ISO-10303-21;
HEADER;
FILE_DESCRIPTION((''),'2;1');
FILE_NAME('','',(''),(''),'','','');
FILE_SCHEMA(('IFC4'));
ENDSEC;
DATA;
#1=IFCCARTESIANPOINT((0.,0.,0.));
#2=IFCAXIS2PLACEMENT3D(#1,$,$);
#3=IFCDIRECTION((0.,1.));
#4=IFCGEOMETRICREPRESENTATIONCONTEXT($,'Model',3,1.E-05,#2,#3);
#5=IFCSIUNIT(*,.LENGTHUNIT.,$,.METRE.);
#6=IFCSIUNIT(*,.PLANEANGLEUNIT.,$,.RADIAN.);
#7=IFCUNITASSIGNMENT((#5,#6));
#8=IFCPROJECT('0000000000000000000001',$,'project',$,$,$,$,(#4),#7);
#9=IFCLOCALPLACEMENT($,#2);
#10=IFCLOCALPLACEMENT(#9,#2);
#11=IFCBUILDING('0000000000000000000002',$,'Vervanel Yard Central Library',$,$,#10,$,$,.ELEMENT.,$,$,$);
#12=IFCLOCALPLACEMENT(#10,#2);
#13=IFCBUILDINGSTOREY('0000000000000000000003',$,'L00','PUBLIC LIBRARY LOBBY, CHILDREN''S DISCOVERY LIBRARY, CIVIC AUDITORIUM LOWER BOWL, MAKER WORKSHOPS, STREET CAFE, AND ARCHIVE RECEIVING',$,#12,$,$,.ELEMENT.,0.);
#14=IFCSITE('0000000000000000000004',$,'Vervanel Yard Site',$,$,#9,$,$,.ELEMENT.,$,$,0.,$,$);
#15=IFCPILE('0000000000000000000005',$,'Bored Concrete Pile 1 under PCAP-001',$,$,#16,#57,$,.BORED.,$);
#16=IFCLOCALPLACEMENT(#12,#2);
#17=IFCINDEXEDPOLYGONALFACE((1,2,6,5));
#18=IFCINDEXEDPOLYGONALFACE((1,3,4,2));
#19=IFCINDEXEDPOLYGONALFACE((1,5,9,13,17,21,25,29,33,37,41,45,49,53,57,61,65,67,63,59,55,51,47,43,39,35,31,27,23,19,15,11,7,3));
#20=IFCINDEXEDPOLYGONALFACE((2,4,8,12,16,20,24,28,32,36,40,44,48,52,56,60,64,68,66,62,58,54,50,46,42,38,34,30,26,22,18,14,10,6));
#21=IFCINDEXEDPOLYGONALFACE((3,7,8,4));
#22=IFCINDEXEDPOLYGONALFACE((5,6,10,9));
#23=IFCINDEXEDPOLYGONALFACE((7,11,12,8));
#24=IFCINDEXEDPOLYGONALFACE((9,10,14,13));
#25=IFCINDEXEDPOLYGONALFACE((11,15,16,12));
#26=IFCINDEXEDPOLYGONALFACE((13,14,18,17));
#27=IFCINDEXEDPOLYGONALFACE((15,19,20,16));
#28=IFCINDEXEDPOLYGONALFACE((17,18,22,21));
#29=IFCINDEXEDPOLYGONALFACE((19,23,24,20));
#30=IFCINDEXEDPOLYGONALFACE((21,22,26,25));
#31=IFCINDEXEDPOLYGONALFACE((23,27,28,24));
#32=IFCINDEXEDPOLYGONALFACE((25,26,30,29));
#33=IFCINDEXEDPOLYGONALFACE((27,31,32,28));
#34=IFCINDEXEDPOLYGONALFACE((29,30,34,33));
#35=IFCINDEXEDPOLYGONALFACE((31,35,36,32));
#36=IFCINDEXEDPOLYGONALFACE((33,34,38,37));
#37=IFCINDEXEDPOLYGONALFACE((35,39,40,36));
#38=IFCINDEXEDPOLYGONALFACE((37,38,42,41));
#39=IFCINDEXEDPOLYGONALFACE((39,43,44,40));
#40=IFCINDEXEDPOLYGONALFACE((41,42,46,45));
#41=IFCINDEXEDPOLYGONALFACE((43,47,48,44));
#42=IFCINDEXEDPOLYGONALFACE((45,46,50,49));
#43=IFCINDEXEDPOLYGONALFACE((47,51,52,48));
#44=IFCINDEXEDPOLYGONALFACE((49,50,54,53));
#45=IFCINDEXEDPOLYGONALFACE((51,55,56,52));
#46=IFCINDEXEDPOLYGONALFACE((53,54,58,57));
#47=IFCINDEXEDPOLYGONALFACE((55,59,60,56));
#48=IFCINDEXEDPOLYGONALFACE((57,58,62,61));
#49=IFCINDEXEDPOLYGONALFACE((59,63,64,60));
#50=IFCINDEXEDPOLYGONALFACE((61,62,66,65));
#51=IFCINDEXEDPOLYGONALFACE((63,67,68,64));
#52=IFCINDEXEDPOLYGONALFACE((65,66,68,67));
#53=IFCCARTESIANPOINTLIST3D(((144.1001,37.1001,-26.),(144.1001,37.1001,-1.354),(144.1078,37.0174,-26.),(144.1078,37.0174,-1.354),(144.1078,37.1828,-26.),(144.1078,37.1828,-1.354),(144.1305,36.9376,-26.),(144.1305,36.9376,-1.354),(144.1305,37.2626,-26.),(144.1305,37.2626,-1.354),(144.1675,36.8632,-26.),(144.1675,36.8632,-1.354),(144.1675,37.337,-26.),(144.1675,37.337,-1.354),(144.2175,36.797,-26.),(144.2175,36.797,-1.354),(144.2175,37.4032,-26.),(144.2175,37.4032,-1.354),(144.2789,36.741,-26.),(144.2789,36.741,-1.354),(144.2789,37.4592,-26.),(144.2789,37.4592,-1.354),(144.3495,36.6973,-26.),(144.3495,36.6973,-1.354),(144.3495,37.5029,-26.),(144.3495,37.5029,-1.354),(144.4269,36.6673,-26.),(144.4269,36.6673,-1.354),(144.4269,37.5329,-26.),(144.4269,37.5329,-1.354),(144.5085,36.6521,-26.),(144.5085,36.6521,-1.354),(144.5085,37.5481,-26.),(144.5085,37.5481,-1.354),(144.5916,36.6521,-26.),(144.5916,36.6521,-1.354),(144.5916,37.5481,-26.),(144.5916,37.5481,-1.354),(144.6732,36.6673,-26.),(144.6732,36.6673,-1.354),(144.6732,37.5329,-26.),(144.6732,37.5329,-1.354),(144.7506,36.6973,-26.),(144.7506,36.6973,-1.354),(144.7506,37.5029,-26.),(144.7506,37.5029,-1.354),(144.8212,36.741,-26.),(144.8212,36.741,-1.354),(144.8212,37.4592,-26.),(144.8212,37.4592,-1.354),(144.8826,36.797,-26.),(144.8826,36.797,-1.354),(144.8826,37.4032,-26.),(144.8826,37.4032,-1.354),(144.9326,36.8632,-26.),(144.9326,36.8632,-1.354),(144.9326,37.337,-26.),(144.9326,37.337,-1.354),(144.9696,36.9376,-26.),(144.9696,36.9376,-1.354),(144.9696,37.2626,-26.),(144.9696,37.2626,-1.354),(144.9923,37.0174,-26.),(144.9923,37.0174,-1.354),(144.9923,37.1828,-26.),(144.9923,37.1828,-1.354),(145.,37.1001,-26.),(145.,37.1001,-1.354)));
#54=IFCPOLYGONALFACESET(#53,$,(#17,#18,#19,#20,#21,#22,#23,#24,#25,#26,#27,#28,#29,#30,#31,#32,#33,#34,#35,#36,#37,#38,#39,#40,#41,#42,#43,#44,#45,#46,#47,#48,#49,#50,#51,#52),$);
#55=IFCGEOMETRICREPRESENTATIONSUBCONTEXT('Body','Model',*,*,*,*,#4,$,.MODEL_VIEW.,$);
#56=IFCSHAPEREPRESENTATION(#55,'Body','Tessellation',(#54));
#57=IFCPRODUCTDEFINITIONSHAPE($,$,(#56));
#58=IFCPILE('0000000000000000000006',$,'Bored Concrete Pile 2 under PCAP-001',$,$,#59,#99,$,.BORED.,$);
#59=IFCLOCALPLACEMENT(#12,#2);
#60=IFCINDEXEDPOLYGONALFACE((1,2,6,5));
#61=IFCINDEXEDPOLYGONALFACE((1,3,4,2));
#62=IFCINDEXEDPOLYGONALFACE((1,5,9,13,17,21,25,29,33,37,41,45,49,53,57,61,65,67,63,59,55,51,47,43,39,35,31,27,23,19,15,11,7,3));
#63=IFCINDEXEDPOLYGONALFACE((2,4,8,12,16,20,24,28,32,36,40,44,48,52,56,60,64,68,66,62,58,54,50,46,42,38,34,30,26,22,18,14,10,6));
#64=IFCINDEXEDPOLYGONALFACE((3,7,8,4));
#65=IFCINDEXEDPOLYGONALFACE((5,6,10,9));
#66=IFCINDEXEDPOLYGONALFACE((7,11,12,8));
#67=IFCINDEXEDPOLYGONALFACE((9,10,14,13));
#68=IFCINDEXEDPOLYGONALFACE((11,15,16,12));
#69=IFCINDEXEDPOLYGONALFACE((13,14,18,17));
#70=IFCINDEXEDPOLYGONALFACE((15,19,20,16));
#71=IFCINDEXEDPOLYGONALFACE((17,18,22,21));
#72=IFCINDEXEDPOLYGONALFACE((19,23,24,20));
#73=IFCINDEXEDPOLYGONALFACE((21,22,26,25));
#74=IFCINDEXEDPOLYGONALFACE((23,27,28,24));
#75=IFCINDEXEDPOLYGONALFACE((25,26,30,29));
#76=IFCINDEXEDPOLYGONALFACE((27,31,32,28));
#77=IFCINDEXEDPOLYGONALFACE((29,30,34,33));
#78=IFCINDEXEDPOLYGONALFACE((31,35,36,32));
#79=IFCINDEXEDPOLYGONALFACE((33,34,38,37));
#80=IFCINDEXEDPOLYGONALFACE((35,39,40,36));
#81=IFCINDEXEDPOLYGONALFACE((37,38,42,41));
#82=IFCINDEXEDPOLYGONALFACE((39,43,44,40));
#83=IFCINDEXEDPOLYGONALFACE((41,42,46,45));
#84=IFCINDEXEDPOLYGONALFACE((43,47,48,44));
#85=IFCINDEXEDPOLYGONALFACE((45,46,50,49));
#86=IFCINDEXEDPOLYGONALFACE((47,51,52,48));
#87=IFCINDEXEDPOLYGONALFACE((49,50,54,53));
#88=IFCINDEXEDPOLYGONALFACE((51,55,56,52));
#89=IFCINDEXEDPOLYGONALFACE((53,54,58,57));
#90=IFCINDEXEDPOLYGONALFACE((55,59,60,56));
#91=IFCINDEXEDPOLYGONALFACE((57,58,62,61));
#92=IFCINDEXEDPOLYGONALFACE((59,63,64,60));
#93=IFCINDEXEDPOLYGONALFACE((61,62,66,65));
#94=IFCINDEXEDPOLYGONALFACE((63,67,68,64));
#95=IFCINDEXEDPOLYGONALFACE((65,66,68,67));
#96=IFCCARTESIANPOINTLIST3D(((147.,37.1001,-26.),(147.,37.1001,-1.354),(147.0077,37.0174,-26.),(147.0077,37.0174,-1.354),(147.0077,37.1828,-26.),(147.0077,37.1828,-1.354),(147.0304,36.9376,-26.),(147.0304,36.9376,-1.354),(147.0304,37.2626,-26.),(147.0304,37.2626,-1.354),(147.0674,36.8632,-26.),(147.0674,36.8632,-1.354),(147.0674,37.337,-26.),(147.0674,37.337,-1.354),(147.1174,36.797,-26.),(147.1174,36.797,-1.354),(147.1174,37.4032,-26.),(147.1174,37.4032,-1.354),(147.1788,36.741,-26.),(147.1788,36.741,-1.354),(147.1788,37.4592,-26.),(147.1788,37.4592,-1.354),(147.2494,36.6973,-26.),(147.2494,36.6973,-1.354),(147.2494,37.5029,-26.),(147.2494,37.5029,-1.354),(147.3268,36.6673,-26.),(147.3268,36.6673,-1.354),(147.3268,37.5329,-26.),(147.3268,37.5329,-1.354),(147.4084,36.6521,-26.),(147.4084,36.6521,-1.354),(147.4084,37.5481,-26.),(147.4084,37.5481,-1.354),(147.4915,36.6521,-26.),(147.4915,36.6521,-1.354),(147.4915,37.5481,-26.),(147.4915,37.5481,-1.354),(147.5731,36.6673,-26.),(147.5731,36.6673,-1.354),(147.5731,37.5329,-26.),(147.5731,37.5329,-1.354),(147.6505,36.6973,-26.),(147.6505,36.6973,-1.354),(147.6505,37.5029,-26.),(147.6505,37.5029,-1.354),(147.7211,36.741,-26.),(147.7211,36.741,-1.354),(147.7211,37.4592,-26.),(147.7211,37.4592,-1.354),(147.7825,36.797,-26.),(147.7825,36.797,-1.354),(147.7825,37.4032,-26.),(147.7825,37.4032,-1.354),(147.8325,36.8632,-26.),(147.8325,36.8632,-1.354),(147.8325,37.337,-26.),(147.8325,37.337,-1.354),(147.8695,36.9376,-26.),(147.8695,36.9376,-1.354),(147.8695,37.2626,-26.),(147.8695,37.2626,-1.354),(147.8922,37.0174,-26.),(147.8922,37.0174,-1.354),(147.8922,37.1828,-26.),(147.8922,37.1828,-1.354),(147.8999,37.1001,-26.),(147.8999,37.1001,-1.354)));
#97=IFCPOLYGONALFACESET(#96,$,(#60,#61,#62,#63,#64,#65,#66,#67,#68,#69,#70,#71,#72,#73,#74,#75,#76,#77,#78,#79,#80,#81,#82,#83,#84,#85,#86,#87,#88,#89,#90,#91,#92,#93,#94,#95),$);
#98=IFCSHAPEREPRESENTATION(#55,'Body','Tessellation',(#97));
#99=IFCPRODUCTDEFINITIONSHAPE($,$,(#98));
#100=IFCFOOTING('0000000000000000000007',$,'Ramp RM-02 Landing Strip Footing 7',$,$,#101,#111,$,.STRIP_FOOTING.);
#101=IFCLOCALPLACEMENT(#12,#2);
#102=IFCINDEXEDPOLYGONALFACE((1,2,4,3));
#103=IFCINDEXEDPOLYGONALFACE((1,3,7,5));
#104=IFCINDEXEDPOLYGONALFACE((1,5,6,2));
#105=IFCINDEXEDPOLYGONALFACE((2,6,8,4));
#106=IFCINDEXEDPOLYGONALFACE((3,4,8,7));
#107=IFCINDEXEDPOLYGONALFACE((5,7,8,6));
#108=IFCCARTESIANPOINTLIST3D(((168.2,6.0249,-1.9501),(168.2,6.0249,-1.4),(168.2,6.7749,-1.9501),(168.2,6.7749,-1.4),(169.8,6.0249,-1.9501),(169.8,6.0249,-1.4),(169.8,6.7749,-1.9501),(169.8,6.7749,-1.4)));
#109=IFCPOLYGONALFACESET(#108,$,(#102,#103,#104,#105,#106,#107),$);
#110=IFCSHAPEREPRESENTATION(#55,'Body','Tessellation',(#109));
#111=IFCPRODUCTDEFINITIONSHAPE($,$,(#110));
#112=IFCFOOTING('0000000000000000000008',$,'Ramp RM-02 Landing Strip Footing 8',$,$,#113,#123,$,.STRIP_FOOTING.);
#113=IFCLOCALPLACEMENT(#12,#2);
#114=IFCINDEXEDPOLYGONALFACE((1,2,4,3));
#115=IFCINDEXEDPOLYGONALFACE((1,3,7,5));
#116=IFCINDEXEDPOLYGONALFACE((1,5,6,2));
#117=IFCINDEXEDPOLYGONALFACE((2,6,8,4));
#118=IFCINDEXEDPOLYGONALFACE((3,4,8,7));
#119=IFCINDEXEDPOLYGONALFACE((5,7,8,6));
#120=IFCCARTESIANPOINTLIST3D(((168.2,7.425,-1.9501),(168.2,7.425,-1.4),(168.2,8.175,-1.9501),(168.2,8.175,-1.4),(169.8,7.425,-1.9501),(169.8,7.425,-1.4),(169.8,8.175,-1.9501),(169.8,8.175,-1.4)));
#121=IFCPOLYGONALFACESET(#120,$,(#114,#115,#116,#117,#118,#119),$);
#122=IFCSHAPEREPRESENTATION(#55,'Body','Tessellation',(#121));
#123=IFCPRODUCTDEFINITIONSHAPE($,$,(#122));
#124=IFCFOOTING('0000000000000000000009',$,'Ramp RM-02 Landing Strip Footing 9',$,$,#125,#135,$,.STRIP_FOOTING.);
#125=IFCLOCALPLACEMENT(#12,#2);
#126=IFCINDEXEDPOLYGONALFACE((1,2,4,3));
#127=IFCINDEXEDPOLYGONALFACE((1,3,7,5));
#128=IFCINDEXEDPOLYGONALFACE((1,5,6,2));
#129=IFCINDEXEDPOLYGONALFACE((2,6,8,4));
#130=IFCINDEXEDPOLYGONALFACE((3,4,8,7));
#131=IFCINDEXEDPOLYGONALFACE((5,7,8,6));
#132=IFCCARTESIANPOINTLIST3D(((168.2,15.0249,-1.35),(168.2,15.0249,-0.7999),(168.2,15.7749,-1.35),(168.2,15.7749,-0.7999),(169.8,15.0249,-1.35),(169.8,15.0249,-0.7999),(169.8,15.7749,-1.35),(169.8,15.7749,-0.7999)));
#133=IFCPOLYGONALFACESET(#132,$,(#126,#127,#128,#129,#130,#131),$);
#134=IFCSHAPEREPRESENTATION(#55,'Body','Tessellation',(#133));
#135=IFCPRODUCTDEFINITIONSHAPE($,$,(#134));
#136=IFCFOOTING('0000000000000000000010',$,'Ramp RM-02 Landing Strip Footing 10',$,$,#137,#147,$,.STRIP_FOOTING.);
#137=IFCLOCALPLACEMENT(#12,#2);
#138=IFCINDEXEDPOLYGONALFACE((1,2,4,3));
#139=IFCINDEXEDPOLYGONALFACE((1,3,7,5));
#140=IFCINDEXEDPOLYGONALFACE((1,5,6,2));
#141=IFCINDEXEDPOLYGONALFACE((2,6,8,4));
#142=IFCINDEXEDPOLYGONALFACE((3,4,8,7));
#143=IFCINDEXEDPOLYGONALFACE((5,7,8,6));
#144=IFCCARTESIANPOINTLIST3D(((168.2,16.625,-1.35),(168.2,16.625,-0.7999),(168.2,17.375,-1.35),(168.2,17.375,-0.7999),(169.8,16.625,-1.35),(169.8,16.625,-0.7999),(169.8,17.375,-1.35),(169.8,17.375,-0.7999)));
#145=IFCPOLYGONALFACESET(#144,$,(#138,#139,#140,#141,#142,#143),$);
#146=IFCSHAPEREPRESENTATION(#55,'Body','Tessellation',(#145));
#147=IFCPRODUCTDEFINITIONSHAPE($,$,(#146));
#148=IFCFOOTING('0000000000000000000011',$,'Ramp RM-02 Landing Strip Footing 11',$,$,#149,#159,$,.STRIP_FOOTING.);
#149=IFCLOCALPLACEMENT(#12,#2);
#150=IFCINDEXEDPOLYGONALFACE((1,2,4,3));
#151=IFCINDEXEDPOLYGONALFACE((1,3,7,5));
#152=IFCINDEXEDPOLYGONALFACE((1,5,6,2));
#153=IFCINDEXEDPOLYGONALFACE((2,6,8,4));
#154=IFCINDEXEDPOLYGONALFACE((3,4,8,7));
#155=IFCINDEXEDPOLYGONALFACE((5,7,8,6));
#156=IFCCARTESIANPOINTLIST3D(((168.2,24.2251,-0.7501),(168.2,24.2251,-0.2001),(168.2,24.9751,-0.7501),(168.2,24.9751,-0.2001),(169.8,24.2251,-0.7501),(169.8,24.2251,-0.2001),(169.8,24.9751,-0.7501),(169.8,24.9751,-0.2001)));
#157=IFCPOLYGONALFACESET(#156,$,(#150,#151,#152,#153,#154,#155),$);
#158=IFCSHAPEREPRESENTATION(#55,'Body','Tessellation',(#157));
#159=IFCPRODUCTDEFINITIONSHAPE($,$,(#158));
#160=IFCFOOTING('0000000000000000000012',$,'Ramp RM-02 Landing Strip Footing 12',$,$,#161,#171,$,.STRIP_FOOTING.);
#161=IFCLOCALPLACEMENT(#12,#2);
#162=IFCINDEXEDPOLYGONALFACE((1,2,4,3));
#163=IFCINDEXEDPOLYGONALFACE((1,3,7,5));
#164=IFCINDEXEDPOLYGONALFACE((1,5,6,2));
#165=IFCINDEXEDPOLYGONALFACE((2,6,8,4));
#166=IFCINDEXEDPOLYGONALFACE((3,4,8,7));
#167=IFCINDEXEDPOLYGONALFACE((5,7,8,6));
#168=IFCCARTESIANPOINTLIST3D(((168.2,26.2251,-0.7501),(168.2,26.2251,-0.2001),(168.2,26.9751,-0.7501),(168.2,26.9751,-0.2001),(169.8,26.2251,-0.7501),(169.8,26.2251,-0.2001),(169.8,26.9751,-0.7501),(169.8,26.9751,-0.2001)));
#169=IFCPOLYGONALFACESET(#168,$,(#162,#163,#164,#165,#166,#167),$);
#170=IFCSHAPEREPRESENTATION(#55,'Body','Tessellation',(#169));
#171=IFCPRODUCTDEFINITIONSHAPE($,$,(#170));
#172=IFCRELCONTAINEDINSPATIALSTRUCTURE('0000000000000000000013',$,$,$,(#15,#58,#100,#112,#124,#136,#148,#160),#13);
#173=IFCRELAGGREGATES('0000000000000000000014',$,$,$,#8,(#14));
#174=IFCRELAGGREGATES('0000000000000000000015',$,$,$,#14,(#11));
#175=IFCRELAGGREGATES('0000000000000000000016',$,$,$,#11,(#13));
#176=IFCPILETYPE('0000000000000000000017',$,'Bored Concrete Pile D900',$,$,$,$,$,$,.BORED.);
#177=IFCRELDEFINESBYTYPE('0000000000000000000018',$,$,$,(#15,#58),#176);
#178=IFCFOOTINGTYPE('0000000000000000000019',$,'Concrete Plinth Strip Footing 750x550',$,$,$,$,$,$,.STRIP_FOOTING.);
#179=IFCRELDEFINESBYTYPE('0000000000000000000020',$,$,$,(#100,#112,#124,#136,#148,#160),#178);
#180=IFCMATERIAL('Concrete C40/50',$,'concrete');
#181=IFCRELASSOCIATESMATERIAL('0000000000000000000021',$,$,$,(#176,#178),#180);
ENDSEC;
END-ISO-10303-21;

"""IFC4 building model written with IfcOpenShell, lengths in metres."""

from ifc_helpers import new_model, si_unit, direction, frame, origin, origin_2d, place, context, subcontext, project, spatial, rectangle, circle, extrude, material, material_profile, profile_set, type_object, element, save


model = new_model("IFC4")

# Units and contexts
model_context = context("Model", 3, precision=1e-05, world=origin(), true_north=direction((0.0, 1.0)))
body_context = subcontext(model_context, "Body", "Model", "MODEL_VIEW")
ifc_project = project(units=[si_unit("LENGTHUNIT", "METRE"), si_unit("PLANEANGLEUNIT", "RADIAN")], contexts=[model_context])

# Site, building, storey
site_placement = place(None, origin())
site = spatial("IfcSite", under=ifc_project, at=site_placement, Name="Vervanel Yard Site", CompositionType="ELEMENT", RefElevation=0.0)
building_placement = place(site_placement, origin())
building = spatial("IfcBuilding", under=site, at=building_placement, Name="Vervanel Yard Central Library", CompositionType="ELEMENT")
storey_placement = place(building_placement, origin())
storey = spatial("IfcBuildingStorey", under=building, at=storey_placement, Name="L00", Description="PUBLIC LIBRARY LOBBY, CHILDREN'S DISCOVERY LIBRARY, CIVIC AUDITORIUM LOWER BOWL, MAKER WORKSHOPS, STREET CAFE, AND ARCHIVE RECEIVING", CompositionType="ELEMENT", Elevation=0.0)

# Piles
ifc_material_1 = material(Name="Concrete C40/50", Category="concrete")
ifc_material_profile_1 = material_profile(ifc_material_1, circle(Radius=0.45, at=origin_2d()), Name="BP D900", Category="concrete")
ifc_profile_set_1 = profile_set([ifc_material_profile_1], Name="Concrete C40/50")
pile_type = type_object("IfcPileType", Name="Bored Concrete Pile D900", PredefinedType="BORED", material=ifc_profile_set_1)
for number, where, z_axis, x_axis, name in (
    (1, (144.55, 37.1001, -1.354), (0.0, 0.0, -1.0), (1.0, 0.0, 0.0), "Bored Concrete Pile 1 under PCAP-001"),
    (2, (147.45, 37.1001, -1.354), (0.0, 0.0, -1.0), (1.0, 0.0, 0.0), "Bored Concrete Pile 2 under PCAP-001"),
):
    element("IfcPile", number, at=place(storey_placement, frame(where, z_axis=z_axis, x_axis=x_axis)), inside=storey, type_object=pile_type, Name=name, PredefinedType="BORED", context=body_context, shape_type="SweptSolid", body=[
        extrude(circle(Radius=0.45, at=origin_2d()), origin(), (0.0, 0.0, 1.0), 24.646),
    ])

# Footings
ifc_material_profile_2 = material_profile(ifc_material_1, rectangle(XDim=0.75, YDim=0.55, at=origin_2d()), Name="RC 750x550", Category="concrete")
ifc_profile_set_2 = profile_set([ifc_material_profile_2], Name="Concrete C40/50")
footing_type = type_object("IfcFootingType", Name="Concrete Plinth Strip Footing 750x550", PredefinedType="STRIP_FOOTING", material=ifc_profile_set_2)
for number, where, z_axis, x_axis, name in (
    (3, (168.2, 6.3999, -1.675), (1.0, 0.0, 0.0), (0.0, 1.0, 0.0), "Ramp RM-02 Landing Strip Footing 7"),
    (4, (168.2, 7.8, -1.675), (1.0, 0.0, 0.0), (0.0, 1.0, 0.0), "Ramp RM-02 Landing Strip Footing 8"),
    (5, (168.2, 15.3999, -1.075), (1.0, 0.0, 0.0), (0.0, 1.0, 0.0), "Ramp RM-02 Landing Strip Footing 9"),
    (6, (168.2, 17.0, -1.075), (1.0, 0.0, 0.0), (0.0, 1.0, 0.0), "Ramp RM-02 Landing Strip Footing 10"),
    (7, (168.2, 24.6001, -0.4751), (1.0, 0.0, 0.0), (0.0, 1.0, 0.0), "Ramp RM-02 Landing Strip Footing 11"),
    (8, (168.2, 26.6001, -0.4751), (1.0, 0.0, 0.0), (0.0, 1.0, 0.0), "Ramp RM-02 Landing Strip Footing 12"),
):
    element("IfcFooting", number, at=place(storey_placement, frame(where, z_axis=z_axis, x_axis=x_axis)), inside=storey, type_object=footing_type, Name=name, PredefinedType="STRIP_FOOTING", context=body_context, shape_type="SweptSolid", body=[
        extrude(rectangle(XDim=0.75, YDim=0.55, at=origin_2d()), origin(), (0.0, 0.0, 1.0), 1.6001),
    ])

save(model, "model.ifc")
